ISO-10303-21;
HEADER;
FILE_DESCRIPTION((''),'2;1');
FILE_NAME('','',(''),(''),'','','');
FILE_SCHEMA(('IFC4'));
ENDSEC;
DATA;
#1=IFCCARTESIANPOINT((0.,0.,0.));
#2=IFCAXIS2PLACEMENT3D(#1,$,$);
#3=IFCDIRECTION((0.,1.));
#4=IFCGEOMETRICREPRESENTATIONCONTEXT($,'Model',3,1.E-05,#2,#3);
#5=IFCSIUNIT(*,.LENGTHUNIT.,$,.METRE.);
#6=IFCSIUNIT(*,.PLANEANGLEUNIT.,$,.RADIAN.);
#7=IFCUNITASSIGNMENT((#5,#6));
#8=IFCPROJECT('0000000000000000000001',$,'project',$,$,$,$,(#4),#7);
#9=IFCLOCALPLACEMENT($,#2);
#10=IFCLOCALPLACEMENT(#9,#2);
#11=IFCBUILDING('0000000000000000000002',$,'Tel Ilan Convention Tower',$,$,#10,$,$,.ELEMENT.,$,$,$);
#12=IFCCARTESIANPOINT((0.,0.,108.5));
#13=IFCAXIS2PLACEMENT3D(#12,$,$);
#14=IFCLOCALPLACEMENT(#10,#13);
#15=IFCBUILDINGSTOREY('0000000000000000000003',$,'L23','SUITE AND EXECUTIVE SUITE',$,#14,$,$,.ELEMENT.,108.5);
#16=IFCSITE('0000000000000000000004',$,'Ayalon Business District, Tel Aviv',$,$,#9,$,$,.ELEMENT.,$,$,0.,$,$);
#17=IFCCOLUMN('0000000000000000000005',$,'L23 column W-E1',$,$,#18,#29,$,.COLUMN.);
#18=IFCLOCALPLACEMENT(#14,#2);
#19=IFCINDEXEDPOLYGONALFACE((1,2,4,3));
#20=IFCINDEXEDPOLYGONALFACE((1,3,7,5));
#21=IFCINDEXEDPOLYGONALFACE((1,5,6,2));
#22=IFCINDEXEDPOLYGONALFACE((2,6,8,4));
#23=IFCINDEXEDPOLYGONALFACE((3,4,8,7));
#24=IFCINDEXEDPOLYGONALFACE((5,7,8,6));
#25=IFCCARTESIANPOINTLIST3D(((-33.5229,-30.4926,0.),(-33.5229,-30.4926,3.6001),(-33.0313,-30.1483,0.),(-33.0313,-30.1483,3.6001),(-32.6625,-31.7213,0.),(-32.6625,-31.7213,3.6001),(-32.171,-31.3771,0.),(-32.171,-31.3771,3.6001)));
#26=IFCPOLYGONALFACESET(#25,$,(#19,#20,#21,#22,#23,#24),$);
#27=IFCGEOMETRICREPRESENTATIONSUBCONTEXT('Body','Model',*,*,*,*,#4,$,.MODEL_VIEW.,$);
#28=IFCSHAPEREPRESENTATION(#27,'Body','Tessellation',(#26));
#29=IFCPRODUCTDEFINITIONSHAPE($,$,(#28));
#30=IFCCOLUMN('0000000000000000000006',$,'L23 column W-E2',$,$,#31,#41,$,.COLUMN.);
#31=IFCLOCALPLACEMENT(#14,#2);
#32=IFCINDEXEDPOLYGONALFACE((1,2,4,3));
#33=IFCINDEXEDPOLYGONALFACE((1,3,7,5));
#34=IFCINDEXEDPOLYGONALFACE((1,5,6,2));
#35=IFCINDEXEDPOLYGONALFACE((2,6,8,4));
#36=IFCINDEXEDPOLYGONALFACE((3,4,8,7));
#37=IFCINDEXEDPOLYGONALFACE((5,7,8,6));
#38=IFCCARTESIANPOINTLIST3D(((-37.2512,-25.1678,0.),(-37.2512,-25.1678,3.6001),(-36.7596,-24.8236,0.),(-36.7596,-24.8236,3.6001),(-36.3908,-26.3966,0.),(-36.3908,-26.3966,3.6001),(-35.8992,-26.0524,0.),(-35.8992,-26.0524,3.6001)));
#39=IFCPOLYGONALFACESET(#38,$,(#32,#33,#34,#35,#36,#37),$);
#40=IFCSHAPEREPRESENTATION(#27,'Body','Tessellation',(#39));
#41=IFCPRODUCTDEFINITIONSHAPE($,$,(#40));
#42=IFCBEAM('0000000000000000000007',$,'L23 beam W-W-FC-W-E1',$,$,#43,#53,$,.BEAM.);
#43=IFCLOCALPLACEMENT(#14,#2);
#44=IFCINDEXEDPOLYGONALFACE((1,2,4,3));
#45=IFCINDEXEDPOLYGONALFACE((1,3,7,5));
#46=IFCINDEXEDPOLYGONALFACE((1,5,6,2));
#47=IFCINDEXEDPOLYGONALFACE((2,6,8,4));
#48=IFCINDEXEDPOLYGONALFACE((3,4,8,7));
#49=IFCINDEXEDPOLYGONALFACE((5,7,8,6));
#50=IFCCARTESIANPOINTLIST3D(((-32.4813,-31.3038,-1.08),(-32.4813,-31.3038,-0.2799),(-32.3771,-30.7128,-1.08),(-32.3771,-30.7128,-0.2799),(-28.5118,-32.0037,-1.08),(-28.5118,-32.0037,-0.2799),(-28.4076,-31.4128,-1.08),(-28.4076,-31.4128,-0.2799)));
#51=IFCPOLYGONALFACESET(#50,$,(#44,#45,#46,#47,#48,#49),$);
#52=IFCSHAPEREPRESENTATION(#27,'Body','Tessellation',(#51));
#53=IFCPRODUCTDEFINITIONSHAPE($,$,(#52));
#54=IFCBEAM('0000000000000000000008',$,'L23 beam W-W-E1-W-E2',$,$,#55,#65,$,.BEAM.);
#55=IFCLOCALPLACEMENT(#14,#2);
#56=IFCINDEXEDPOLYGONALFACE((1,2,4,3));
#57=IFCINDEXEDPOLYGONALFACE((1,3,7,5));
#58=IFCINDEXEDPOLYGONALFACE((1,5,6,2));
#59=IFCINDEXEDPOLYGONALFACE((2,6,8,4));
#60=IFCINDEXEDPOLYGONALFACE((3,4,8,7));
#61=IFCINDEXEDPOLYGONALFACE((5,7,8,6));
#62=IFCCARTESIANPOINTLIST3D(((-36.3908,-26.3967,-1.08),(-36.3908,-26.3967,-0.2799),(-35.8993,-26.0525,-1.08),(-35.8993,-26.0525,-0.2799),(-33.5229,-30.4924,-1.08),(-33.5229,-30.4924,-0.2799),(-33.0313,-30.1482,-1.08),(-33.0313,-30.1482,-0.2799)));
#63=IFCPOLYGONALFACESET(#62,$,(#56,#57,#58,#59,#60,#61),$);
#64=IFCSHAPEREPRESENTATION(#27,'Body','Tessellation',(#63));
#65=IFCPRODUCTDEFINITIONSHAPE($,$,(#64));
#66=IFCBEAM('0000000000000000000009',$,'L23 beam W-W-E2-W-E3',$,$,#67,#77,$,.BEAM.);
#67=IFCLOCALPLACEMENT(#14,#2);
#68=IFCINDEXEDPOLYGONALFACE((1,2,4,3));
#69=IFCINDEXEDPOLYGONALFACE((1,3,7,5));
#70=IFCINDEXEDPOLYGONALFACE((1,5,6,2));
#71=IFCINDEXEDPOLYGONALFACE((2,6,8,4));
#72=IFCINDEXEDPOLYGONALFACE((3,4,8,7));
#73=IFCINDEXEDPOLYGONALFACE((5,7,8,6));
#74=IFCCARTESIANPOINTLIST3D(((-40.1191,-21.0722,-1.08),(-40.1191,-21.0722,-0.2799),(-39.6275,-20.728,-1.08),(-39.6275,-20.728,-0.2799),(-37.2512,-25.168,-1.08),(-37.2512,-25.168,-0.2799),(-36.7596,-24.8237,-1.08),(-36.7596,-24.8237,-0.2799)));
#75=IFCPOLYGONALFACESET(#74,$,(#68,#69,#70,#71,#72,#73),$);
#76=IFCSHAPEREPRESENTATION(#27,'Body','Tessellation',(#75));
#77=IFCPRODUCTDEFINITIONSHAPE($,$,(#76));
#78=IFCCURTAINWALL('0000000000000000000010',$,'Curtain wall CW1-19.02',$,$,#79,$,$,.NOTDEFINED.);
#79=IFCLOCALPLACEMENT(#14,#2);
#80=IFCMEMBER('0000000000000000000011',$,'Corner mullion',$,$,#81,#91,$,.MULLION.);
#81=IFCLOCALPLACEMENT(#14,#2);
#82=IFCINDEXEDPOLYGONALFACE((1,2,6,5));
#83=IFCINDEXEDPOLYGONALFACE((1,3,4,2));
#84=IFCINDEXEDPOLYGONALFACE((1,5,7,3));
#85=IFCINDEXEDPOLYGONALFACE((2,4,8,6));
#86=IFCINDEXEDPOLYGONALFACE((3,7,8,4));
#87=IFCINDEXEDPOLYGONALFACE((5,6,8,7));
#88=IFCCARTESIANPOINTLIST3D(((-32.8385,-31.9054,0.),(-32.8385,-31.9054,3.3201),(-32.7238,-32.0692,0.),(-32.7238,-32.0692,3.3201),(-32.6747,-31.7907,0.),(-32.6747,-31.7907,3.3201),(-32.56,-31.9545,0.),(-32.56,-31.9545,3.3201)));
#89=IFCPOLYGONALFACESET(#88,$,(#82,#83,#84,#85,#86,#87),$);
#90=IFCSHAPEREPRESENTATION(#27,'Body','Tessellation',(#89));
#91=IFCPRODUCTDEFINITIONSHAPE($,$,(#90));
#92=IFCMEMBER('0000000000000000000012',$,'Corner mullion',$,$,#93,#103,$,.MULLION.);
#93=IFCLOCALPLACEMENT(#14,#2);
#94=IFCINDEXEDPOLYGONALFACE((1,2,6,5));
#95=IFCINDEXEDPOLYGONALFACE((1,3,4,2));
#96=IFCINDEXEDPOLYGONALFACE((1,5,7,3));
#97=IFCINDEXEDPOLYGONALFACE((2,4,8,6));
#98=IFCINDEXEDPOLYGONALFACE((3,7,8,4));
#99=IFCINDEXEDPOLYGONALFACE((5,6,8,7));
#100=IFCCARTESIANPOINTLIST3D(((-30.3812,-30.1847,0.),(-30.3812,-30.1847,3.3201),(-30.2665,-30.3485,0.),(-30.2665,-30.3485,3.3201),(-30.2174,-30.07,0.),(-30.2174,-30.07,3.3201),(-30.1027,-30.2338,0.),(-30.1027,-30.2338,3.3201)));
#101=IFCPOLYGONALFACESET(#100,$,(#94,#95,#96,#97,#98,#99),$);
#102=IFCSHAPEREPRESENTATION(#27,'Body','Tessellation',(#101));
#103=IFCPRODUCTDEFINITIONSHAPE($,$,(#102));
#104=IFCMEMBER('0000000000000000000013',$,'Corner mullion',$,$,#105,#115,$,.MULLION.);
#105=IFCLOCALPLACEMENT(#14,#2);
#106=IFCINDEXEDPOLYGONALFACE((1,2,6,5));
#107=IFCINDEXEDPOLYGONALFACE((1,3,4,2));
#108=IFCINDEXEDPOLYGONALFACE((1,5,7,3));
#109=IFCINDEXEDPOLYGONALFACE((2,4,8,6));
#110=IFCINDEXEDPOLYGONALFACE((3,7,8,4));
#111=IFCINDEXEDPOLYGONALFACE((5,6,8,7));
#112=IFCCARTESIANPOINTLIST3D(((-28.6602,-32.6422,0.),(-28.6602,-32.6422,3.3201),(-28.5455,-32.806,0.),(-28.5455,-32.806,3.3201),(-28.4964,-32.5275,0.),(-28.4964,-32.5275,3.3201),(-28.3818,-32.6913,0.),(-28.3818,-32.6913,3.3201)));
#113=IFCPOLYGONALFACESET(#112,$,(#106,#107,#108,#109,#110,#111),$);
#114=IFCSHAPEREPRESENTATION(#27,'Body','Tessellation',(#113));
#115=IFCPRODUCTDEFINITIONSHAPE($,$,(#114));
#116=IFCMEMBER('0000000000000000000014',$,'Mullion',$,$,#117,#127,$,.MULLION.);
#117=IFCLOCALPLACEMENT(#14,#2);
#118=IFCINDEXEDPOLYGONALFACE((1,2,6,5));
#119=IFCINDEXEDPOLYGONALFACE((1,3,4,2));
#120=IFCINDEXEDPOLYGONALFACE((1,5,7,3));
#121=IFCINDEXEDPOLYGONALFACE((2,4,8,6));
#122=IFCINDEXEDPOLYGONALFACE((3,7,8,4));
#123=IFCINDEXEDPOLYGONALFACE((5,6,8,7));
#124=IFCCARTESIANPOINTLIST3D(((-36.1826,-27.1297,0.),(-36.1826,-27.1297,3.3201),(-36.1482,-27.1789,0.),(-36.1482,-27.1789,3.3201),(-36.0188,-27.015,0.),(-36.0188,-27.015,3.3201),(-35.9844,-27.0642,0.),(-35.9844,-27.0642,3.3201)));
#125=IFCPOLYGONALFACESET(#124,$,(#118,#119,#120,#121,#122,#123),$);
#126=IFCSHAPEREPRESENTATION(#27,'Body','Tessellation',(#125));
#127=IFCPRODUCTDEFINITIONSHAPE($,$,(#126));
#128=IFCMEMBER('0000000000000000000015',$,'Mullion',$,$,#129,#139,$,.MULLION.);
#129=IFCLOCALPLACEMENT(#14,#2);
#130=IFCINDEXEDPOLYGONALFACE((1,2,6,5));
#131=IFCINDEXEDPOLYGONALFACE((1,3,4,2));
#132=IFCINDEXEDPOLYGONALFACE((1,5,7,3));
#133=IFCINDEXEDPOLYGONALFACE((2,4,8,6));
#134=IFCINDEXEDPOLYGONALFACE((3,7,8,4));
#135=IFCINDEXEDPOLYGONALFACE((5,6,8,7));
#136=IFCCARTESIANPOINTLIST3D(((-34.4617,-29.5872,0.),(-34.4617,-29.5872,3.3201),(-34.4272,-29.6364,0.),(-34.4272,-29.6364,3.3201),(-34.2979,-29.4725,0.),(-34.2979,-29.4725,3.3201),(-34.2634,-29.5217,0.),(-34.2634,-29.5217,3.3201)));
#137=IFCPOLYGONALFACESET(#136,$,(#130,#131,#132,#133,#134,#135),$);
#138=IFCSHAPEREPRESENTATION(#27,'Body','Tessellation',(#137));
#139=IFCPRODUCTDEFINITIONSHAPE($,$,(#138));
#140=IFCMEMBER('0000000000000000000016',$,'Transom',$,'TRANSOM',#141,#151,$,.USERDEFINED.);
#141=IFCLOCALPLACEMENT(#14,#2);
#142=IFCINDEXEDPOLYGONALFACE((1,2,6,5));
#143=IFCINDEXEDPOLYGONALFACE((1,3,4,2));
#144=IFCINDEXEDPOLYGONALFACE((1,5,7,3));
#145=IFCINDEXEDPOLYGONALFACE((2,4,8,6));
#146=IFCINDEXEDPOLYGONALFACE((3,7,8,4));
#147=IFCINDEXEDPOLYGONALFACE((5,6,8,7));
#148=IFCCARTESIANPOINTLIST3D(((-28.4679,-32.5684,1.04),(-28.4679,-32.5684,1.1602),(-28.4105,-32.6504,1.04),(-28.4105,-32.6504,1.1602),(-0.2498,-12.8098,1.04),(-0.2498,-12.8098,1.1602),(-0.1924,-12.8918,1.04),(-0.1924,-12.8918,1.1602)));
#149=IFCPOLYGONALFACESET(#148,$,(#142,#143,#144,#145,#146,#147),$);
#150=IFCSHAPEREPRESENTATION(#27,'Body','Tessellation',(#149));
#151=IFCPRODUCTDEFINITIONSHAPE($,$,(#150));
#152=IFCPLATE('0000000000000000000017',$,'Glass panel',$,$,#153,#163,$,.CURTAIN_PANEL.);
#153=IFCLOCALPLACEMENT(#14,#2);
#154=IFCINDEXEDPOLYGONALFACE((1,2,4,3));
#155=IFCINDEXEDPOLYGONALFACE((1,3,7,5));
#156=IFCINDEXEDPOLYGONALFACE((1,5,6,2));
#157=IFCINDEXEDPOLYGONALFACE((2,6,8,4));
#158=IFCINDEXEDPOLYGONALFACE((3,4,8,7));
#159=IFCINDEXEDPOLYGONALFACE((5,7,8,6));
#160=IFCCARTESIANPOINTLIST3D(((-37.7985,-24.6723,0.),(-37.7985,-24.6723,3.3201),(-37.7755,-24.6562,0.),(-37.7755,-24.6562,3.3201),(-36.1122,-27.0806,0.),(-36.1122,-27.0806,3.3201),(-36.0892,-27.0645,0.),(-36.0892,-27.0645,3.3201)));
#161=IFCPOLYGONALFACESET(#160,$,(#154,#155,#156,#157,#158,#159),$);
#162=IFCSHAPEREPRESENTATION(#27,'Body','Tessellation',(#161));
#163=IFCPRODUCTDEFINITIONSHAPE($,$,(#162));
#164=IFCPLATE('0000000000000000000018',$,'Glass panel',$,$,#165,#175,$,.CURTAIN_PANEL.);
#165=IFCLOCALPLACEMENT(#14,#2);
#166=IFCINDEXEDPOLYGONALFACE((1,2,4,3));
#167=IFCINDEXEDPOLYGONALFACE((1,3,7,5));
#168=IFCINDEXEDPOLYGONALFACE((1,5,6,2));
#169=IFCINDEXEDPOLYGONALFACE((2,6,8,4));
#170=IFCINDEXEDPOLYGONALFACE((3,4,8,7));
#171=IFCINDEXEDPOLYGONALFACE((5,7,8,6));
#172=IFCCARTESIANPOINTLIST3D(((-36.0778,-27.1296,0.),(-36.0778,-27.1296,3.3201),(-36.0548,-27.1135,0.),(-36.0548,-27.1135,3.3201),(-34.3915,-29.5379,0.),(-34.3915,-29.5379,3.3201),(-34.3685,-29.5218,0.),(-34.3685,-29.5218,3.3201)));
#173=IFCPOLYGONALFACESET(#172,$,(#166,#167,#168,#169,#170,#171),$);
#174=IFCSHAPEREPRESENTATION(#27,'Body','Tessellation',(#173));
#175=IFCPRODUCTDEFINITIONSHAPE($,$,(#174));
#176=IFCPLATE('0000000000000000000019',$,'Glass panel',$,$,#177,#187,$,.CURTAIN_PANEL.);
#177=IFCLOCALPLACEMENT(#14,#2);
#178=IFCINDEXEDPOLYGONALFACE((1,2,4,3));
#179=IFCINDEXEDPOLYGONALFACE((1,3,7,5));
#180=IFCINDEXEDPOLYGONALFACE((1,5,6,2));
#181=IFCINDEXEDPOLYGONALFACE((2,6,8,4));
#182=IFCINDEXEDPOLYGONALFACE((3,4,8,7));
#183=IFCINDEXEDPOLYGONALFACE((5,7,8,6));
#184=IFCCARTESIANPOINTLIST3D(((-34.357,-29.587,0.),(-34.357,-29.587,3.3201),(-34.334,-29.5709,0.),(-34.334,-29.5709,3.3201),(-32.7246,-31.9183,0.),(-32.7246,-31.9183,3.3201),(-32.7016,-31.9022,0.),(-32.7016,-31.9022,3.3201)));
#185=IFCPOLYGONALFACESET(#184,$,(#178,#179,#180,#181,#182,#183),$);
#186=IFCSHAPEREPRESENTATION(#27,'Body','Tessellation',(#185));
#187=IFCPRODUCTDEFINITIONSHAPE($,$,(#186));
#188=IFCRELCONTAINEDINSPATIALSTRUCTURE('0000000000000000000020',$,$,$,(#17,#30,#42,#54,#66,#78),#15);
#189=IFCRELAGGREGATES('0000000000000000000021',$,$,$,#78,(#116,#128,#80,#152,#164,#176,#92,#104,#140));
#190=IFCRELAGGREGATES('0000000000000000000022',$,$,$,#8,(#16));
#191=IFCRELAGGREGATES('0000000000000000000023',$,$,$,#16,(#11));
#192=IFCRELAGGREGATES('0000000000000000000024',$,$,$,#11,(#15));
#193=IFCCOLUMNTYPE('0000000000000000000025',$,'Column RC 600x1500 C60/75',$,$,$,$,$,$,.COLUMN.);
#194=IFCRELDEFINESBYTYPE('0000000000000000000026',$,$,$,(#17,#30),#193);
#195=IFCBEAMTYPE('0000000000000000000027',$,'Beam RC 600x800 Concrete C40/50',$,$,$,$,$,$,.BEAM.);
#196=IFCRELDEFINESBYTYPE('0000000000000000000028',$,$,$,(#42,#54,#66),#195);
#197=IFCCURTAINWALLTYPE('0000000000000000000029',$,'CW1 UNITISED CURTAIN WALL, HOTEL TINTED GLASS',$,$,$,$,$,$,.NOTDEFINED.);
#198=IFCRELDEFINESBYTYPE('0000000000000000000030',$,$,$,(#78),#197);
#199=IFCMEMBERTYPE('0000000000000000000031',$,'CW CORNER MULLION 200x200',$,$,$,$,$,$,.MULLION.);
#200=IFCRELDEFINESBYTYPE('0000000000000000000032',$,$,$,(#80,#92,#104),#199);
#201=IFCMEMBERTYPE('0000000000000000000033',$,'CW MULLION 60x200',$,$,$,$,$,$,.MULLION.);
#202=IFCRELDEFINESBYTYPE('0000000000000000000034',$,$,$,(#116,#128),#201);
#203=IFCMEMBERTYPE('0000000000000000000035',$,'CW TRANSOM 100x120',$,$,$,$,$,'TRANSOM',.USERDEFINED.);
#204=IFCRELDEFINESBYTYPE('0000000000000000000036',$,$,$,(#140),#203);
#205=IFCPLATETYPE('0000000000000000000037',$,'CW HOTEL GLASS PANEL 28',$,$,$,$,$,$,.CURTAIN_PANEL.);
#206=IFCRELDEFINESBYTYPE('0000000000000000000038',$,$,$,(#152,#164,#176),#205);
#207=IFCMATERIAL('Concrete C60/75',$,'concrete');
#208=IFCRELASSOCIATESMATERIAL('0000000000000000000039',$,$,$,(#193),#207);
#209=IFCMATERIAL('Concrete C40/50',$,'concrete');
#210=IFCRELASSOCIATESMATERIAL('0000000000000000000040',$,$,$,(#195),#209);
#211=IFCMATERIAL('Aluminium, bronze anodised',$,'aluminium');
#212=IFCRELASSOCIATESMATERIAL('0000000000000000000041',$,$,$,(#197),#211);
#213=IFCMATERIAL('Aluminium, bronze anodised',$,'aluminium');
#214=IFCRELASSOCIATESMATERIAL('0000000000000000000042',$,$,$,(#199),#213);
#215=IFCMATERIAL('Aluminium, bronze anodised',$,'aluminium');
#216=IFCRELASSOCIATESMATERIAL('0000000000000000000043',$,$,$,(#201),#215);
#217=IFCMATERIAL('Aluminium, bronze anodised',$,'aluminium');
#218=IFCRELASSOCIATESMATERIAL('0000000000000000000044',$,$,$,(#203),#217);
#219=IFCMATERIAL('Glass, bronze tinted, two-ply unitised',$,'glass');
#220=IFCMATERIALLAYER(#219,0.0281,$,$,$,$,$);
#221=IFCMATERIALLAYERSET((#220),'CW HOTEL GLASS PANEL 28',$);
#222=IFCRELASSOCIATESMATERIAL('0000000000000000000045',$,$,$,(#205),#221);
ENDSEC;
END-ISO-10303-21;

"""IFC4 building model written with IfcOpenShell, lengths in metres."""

from ifc_helpers import new_model, si_unit, direction, frame, origin, origin_2d, place, context, subcontext, project, spatial, rectangle, extrude, material, layer, layer_set, material_profile, profile_set, type_object, element, aggregate, save


model = new_model("IFC4")

# Units and contexts
model_context = context("Model", 3, precision=1e-05, world=origin(), true_north=direction((0.0, 1.0)))
body_context = subcontext(model_context, "Body", "Model", "MODEL_VIEW")
ifc_project = project(units=[si_unit("LENGTHUNIT", "METRE"), si_unit("PLANEANGLEUNIT", "RADIAN")], contexts=[model_context])

# Site, building, storey
site_placement = place(None, origin())
site = spatial("IfcSite", under=ifc_project, at=site_placement, Name="Ayalon Business District, Tel Aviv", CompositionType="ELEMENT", RefElevation=0.0)
building_placement = place(site_placement, origin())
building = spatial("IfcBuilding", under=site, at=building_placement, Name="Tel Ilan Convention Tower", CompositionType="ELEMENT")
storey_placement = place(building_placement, frame((0.0, 0.0, 108.5)))
storey = spatial("IfcBuildingStorey", under=building, at=storey_placement, Name="L23", Description="SUITE AND EXECUTIVE SUITE", CompositionType="ELEMENT", Elevation=108.5)

# Columns
ifc_material_1 = material(Name="Concrete C60/75", Category="concrete")
ifc_material_profile_1 = material_profile(ifc_material_1, rectangle(XDim=1.5, YDim=0.6001, at=origin_2d()), Name="RC 600x1500")
ifc_profile_set_1 = profile_set([ifc_material_profile_1], Name="Concrete C60/75")
column_type = type_object("IfcColumnType", Name="Column RC 600x1500 C60/75", PredefinedType="COLUMN", material=ifc_profile_set_1)
for number, where, z_axis, x_axis, name in (
    (1, (-32.8469, -30.9348, 0.0), (0.0, 0.0, 1.0), (-0.573576, 0.819152, 0.0), "L23 column W-E1"),
    (2, (-36.5752, -25.6101, 0.0), (0.0, 0.0, 1.0), (-0.573576, 0.819152, 0.0), "L23 column W-E2"),
):
    element("IfcColumn", number, at=place(storey_placement, frame(where, z_axis=z_axis, x_axis=x_axis)), inside=storey, type_object=column_type, Name=name, PredefinedType="COLUMN", context=body_context, shape_type="SweptSolid", body=[
        extrude(rectangle(XDim=1.5, YDim=0.6001, at=origin_2d()), origin(), (0.0, 0.0, 1.0), 3.6001),
    ])

# Beams
ifc_material_2 = material(Name="Concrete C40/50", Category="concrete")
ifc_material_profile_2 = material_profile(ifc_material_2, rectangle(XDim=0.6001, YDim=0.8, at=origin_2d()), Name="RC 600x800")
ifc_profile_set_2 = profile_set([ifc_material_profile_2], Name="Concrete C40/50")
beam_type = type_object("IfcBeamType", Name="Beam RC 600x800 Concrete C40/50", PredefinedType="BEAM", material=ifc_profile_set_2)
beam_placement = place(storey_placement, frame((-28.4597, -31.7083, -0.6799), z_axis=(-0.984807, 0.173654, 0.0), x_axis=(-0.173654, -0.984807, 0.0)))
element("IfcBeam", 3, at=beam_placement, inside=storey, type_object=beam_type, Name="L23 beam W-W-FC-W-E1", PredefinedType="BEAM", context=body_context, shape_type="SweptSolid", body=[
    extrude(rectangle(XDim=0.6001, YDim=0.8, at=origin_2d()), origin(), (0.0, 0.0, 1.0), 4.0308),
])
for number, where, z_axis, x_axis, name in (
    (4, (-33.2771, -30.3203, -0.6799), (-0.573587, 0.819145, 0.0), (-0.819145, -0.573587, 0.0), "L23 beam W-W-E1-W-E2"),
    (5, (-37.0054, -24.9958, -0.6799), (-0.573587, 0.819145, 0.0), (-0.819145, -0.573587, 0.0), "L23 beam W-W-E2-W-E3"),
):
    element("IfcBeam", number, at=place(storey_placement, frame(where, z_axis=z_axis, x_axis=x_axis)), inside=storey, type_object=beam_type, Name=name, PredefinedType="BEAM", context=body_context, shape_type="SweptSolid", body=[
        extrude(rectangle(XDim=0.6001, YDim=0.8, at=origin_2d()), origin(), (0.0, 0.0, 1.0), 5.0),
    ])

# Curtain wall, members, plates
ifc_material_3 = material(Name="Aluminium, bronze anodised", Category="aluminium")
curtain_wall_type = type_object("IfcCurtainWallType", Name="CW1 UNITISED CURTAIN WALL, HOTEL TINTED GLASS", PredefinedType="NOTDEFINED", material=ifc_material_3)
curtain_wall_placement = place(storey_placement, origin())
curtain_wall = element("IfcCurtainWall", 6, at=curtain_wall_placement, inside=storey, type_object=curtain_wall_type, Name="Curtain wall CW1-19.02", PredefinedType="NOTDEFINED")
ifc_material_4 = material(Name="Aluminium, bronze anodised", Category="aluminium")
ifc_material_profile_3 = material_profile(ifc_material_4, rectangle(XDim=0.2, YDim=0.2, at=origin_2d()), Name="CW CORNER MULLION 200x200")
ifc_profile_set_3 = profile_set([ifc_material_profile_3], Name="Aluminium, bronze anodised")
member_type_1 = type_object("IfcMemberType", Name="CW CORNER MULLION 200x200", PredefinedType="MULLION", material=ifc_profile_set_3)
member_1_placement = place(storey_placement, frame((-32.6992, -31.9299, 0.0), z_axis=(0.0, 0.0, 1.0), x_axis=(0.573576, -0.819152, 0.0)))
member_1 = element("IfcMember", 7, at=member_1_placement, type_object=member_type_1, Name="Corner mullion", PredefinedType="MULLION", context=body_context, shape_type="SweptSolid", body=[
    extrude(rectangle(XDim=0.2, YDim=0.2, at=origin_2d()), origin(), (0.0, 0.0, 1.0), 3.3201),
])
member_2_placement = place(storey_placement, frame((-30.2419, -30.2092, 0.0), z_axis=(0.0, 0.0, 1.0), x_axis=(0.819152, 0.573576, 0.0)))
member_2 = element("IfcMember", 8, at=member_2_placement, type_object=member_type_1, Name="Corner mullion", PredefinedType="MULLION", context=body_context, shape_type="SweptSolid", body=[
    extrude(rectangle(XDim=0.2, YDim=0.2, at=origin_2d()), origin(), (0.0, 0.0, 1.0), 3.3201),
])
member_3_placement = place(storey_placement, frame((-28.521, -32.6667, 0.0), z_axis=(0.0, 0.0, 1.0), x_axis=(0.573576, -0.819152, 0.0)))
member_3 = element("IfcMember", 9, at=member_3_placement, type_object=member_type_1, Name="Corner mullion", PredefinedType="MULLION", context=body_context, shape_type="SweptSolid", body=[
    extrude(rectangle(XDim=0.2, YDim=0.2, at=origin_2d()), origin(), (0.0, 0.0, 1.0), 3.3201),
])
ifc_material_5 = material(Name="Aluminium, bronze anodised", Category="aluminium")
ifc_material_profile_4 = material_profile(ifc_material_5, rectangle(XDim=0.0601, YDim=0.2, at=origin_2d()), Name="CW MULLION 60x200")
ifc_profile_set_4 = profile_set([ifc_material_profile_4], Name="Aluminium, bronze anodised")
member_type_2 = type_object("IfcMemberType", Name="CW MULLION 60x200", PredefinedType="MULLION", material=ifc_profile_set_4)
member_4_placement = place(storey_placement, frame((-36.0835, -27.0969, 0.0), z_axis=(0.0, 0.0, 1.0), x_axis=(0.573576, -0.819152, 0.0)))
member_4 = element("IfcMember", 10, at=member_4_placement, type_object=member_type_2, Name="Mullion", PredefinedType="MULLION", context=body_context, shape_type="SweptSolid", body=[
    extrude(rectangle(XDim=0.0601, YDim=0.2, at=origin_2d()), origin(), (0.0, 0.0, 1.0), 3.3201),
])
member_5_placement = place(storey_placement, frame((-34.3625, -29.5544, 0.0), z_axis=(0.0, 0.0, 1.0), x_axis=(0.573576, -0.819152, 0.0)))
member_5 = element("IfcMember", 11, at=member_5_placement, type_object=member_type_2, Name="Mullion", PredefinedType="MULLION", context=body_context, shape_type="SweptSolid", body=[
    extrude(rectangle(XDim=0.0601, YDim=0.2, at=origin_2d()), origin(), (0.0, 0.0, 1.0), 3.3201),
])
ifc_material_6 = material(Name="Aluminium, bronze anodised", Category="aluminium")
ifc_material_profile_5 = material_profile(ifc_material_6, rectangle(XDim=0.1001, YDim=0.1201, at=origin_2d()), Name="CW TRANSOM 100x120")
ifc_profile_set_5 = profile_set([ifc_material_profile_5], Name="Aluminium, bronze anodised")
member_type_3 = type_object("IfcMemberType", Name="CW TRANSOM 100x120", ElementType="TRANSOM", PredefinedType="USERDEFINED", material=ifc_profile_set_5)
member_6_placement = place(storey_placement, frame((-28.4392, -32.6094, 1.1001), z_axis=(0.819151, 0.573578, 0.0), x_axis=(-0.573578, 0.819151, 0.0)))
member_6 = element("IfcMember", 12, at=member_6_placement, type_object=member_type_3, Name="Transom", ObjectType="TRANSOM", PredefinedType="USERDEFINED", context=body_context, shape_type="SweptSolid", body=[
    extrude(rectangle(XDim=0.1001, YDim=0.1201, at=origin_2d()), origin(), (0.0, 0.0, 1.0), 34.448),
])
ifc_material_7 = material(Name="Glass, bronze tinted, two-ply unitised", Category="glass")
ifc_layer_1 = layer(ifc_material_7, 0.0281)
ifc_layer_set_1 = layer_set([ifc_layer_1], Name="CW HOTEL GLASS PANEL 28")
plate_type = type_object("IfcPlateType", Name="CW HOTEL GLASS PANEL 28", PredefinedType="CURTAIN_PANEL", material=ifc_layer_set_1)
plate_1_placement = place(storey_placement, frame((-36.9438, -25.8684, 0.0), z_axis=(0.0, 0.0, 1.0), x_axis=(0.573576, -0.819152, 0.0)))
plate_1 = element("IfcPlate", 13, at=plate_1_placement, type_object=plate_type, Name="Glass panel", PredefinedType="CURTAIN_PANEL", context=body_context, shape_type="SweptSolid", body=[
    extrude(rectangle(XDim=2.9399, YDim=0.0281, at=origin_2d()), origin(), (0.0, 0.0, 1.0), 3.3201),
])
plate_2_placement = place(storey_placement, frame((-35.2231, -28.3257, 0.0), z_axis=(0.0, 0.0, 1.0), x_axis=(0.573576, -0.819152, 0.0)))
plate_2 = element("IfcPlate", 14, at=plate_2_placement, type_object=plate_type, Name="Glass panel", PredefinedType="CURTAIN_PANEL", context=body_context, shape_type="SweptSolid", body=[
    extrude(rectangle(XDim=2.9399, YDim=0.0281, at=origin_2d()), origin(), (0.0, 0.0, 1.0), 3.3201),
])
plate_3_placement = place(storey_placement, frame((-33.5293, -30.7446, 0.0), z_axis=(0.0, 0.0, 1.0), x_axis=(0.573576, -0.819152, 0.0)))
plate_3 = element("IfcPlate", 15, at=plate_3_placement, type_object=plate_type, Name="Glass panel", PredefinedType="CURTAIN_PANEL", context=body_context, shape_type="SweptSolid", body=[
    extrude(rectangle(XDim=2.8459, YDim=0.0281, at=origin_2d()), origin(), (0.0, 0.0, 1.0), 3.3201),
])
aggregate(curtain_wall, [member_4, member_5, member_1, plate_1, plate_2, plate_3, member_2, member_3, member_6])

save(model, "model.ifc")
